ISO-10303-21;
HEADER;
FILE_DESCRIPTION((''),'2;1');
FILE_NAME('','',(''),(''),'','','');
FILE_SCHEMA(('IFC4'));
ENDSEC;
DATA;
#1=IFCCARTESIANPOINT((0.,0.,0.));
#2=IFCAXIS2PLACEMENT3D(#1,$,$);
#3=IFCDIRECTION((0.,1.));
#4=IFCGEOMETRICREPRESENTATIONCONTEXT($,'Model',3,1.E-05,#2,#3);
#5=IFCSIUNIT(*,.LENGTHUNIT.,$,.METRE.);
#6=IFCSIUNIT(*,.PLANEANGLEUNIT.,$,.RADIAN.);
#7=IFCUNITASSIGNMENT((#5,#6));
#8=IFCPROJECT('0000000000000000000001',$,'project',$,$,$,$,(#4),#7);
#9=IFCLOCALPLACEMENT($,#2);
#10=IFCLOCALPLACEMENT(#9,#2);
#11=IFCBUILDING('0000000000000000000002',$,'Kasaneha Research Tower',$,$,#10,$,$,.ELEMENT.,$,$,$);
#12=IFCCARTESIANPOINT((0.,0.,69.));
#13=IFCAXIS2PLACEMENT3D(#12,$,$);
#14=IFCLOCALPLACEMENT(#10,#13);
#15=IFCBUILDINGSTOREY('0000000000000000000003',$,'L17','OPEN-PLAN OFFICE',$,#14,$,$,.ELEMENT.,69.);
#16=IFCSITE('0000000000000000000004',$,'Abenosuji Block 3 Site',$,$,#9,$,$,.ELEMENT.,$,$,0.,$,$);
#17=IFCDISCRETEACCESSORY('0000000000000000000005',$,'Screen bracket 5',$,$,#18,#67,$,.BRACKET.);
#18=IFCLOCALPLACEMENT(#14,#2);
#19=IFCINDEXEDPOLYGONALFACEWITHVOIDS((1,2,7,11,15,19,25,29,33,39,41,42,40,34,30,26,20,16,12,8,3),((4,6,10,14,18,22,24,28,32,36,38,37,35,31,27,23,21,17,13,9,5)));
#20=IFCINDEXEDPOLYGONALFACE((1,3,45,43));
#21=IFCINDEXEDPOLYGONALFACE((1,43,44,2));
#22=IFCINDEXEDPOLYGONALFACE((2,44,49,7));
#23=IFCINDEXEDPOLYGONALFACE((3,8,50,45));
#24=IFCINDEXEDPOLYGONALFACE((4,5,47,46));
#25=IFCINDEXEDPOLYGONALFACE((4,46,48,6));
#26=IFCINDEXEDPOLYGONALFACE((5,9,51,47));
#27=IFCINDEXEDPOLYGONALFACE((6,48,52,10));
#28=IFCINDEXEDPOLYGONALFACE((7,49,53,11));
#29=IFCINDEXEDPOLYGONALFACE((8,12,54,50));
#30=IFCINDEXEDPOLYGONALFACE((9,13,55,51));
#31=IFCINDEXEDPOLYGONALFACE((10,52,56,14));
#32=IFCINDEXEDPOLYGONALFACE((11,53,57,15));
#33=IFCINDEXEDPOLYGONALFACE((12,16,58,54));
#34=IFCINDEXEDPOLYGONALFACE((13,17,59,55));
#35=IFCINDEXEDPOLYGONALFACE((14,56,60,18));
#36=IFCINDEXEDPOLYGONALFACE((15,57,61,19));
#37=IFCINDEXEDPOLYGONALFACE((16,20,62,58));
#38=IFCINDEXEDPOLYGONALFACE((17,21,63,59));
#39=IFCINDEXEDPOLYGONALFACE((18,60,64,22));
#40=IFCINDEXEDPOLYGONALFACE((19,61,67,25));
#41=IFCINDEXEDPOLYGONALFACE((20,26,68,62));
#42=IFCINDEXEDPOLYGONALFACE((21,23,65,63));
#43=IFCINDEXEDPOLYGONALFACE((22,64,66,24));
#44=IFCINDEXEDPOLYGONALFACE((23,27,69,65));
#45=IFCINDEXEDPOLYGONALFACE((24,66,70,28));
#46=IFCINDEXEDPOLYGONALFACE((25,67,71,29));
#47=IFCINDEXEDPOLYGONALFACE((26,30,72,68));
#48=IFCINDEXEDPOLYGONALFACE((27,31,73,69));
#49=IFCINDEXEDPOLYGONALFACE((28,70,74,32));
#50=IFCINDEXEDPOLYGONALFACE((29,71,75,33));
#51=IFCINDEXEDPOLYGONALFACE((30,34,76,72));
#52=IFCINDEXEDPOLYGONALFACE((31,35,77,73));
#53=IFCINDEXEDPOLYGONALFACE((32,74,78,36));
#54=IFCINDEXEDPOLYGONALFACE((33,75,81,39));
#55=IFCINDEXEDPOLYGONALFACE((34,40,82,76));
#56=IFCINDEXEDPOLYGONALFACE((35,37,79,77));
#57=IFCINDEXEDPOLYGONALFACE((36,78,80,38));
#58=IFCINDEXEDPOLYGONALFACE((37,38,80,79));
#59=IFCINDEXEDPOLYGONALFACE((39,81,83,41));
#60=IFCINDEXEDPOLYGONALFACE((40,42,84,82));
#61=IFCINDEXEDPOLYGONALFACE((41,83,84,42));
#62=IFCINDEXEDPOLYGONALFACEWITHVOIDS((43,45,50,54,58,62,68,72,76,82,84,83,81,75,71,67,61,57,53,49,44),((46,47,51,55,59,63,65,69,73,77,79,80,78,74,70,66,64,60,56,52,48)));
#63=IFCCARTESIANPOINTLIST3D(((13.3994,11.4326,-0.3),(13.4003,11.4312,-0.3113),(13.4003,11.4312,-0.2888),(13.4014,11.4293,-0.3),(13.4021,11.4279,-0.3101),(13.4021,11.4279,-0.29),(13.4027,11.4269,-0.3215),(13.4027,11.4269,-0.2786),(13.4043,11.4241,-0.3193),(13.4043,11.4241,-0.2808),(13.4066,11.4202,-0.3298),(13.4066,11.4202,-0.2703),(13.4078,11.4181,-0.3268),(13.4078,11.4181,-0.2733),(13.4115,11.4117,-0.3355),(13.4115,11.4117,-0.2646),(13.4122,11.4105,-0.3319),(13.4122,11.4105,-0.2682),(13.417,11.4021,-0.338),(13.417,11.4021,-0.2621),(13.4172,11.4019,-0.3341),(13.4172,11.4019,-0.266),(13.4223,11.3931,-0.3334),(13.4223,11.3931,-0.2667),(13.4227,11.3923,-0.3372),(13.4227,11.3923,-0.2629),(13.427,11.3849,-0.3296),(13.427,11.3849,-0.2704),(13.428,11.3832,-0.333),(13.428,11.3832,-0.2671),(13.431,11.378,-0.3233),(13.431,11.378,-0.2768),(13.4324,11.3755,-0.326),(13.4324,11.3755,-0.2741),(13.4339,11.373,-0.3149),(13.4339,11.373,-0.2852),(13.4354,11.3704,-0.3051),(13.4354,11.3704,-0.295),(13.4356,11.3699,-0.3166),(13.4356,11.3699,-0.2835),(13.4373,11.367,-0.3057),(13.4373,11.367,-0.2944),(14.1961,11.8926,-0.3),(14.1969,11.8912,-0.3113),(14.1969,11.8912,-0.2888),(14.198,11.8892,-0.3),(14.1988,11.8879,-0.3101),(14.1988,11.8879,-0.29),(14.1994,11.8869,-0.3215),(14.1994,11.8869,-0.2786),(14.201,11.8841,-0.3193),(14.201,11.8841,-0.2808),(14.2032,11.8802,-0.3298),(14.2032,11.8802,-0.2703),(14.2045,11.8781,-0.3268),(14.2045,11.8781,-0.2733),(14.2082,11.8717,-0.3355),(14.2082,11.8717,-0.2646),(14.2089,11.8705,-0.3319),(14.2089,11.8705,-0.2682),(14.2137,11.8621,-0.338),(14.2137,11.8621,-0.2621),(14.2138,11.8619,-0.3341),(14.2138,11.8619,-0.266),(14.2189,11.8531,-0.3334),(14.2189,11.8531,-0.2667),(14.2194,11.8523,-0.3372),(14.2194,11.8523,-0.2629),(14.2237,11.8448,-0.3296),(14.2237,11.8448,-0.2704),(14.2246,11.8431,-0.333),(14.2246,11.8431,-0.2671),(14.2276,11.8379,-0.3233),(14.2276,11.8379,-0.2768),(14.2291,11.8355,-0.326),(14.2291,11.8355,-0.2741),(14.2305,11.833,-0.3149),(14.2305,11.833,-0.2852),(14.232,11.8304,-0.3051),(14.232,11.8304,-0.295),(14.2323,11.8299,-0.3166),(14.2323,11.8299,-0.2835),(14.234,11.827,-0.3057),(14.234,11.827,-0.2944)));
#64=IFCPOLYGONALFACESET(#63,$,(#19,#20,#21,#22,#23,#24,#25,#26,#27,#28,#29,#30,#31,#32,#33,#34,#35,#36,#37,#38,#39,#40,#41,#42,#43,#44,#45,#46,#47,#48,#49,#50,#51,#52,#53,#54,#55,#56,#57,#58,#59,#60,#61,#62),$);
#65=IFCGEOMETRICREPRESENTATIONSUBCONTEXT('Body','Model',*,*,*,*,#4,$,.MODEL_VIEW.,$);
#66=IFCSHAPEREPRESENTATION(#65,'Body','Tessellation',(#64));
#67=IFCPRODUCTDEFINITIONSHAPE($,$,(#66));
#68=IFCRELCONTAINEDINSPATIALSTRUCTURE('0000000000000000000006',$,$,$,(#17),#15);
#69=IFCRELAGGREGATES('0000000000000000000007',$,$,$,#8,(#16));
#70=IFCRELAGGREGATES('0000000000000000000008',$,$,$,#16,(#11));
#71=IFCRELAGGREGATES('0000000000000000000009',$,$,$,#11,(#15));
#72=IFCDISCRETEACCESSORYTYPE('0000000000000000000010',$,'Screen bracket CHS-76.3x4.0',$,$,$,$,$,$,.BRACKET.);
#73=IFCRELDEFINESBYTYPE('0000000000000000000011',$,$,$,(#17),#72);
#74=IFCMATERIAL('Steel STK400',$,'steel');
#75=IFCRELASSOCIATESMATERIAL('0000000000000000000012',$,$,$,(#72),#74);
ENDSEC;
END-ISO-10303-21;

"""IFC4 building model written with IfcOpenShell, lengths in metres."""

from ifc_helpers import new_model, si_unit, direction, frame, origin, origin_2d, place, context, subcontext, project, spatial, hollow_circle, extrude, material, material_profile, profile_set, type_object, element, save


model = new_model("IFC4")

# Units and contexts
model_context = context("Model", 3, precision=1e-05, world=origin(), true_north=direction((0.0, 1.0)))
body_context = subcontext(model_context, "Body", "Model", "MODEL_VIEW")
ifc_project = project(units=[si_unit("LENGTHUNIT", "METRE"), si_unit("PLANEANGLEUNIT", "RADIAN")], contexts=[model_context])

# Site, building, storey
site_placement = place(None, origin())
site = spatial("IfcSite", under=ifc_project, at=site_placement, Name="Abenosuji Block 3 Site", CompositionType="ELEMENT", RefElevation=0.0)
building_placement = place(site_placement, origin())
building = spatial("IfcBuilding", under=site, at=building_placement, Name="Kasaneha Research Tower", CompositionType="ELEMENT")
storey_placement = place(building_placement, frame((0.0, 0.0, 69.0)))
storey = spatial("IfcBuildingStorey", under=building, at=storey_placement, Name="L17", Description="OPEN-PLAN OFFICE", CompositionType="ELEMENT", Elevation=69.0)

# Discrete accessory
ifc_material_1 = material(Name="Steel STK400", Category="steel")
ifc_material_profile_1 = material_profile(ifc_material_1, hollow_circle(Radius=0.0381, WallThickness=0.0039, at=origin_2d()), Name="CHS-76.3x4.0")
ifc_profile_set_1 = profile_set([ifc_material_profile_1], Name="Steel STK400")
discrete_accessory_type = type_object("IfcDiscreteAccessoryType", Name="Screen bracket CHS-76.3x4.0", PredefinedType="BRACKET", material=ifc_profile_set_1)
for number, where, z_axis, x_axis, name in (
    (1, (13.4185, 11.3997, -0.3), (0.866013, 0.500021, 0.0), (-0.500021, 0.866013, 0.0), "Screen bracket 5"),
):
    element("IfcDiscreteAccessory", number, at=place(storey_placement, frame(where, z_axis=z_axis, x_axis=x_axis)), inside=storey, type_object=discrete_accessory_type, Name=name, PredefinedType="BRACKET", context=body_context, shape_type="SweptSolid", body=[
        extrude(hollow_circle(Radius=0.0381, WallThickness=0.0039, at=origin_2d()), origin(), (0.0, 0.0, 1.0), 0.9199),
    ])

save(model, "model.ifc")
